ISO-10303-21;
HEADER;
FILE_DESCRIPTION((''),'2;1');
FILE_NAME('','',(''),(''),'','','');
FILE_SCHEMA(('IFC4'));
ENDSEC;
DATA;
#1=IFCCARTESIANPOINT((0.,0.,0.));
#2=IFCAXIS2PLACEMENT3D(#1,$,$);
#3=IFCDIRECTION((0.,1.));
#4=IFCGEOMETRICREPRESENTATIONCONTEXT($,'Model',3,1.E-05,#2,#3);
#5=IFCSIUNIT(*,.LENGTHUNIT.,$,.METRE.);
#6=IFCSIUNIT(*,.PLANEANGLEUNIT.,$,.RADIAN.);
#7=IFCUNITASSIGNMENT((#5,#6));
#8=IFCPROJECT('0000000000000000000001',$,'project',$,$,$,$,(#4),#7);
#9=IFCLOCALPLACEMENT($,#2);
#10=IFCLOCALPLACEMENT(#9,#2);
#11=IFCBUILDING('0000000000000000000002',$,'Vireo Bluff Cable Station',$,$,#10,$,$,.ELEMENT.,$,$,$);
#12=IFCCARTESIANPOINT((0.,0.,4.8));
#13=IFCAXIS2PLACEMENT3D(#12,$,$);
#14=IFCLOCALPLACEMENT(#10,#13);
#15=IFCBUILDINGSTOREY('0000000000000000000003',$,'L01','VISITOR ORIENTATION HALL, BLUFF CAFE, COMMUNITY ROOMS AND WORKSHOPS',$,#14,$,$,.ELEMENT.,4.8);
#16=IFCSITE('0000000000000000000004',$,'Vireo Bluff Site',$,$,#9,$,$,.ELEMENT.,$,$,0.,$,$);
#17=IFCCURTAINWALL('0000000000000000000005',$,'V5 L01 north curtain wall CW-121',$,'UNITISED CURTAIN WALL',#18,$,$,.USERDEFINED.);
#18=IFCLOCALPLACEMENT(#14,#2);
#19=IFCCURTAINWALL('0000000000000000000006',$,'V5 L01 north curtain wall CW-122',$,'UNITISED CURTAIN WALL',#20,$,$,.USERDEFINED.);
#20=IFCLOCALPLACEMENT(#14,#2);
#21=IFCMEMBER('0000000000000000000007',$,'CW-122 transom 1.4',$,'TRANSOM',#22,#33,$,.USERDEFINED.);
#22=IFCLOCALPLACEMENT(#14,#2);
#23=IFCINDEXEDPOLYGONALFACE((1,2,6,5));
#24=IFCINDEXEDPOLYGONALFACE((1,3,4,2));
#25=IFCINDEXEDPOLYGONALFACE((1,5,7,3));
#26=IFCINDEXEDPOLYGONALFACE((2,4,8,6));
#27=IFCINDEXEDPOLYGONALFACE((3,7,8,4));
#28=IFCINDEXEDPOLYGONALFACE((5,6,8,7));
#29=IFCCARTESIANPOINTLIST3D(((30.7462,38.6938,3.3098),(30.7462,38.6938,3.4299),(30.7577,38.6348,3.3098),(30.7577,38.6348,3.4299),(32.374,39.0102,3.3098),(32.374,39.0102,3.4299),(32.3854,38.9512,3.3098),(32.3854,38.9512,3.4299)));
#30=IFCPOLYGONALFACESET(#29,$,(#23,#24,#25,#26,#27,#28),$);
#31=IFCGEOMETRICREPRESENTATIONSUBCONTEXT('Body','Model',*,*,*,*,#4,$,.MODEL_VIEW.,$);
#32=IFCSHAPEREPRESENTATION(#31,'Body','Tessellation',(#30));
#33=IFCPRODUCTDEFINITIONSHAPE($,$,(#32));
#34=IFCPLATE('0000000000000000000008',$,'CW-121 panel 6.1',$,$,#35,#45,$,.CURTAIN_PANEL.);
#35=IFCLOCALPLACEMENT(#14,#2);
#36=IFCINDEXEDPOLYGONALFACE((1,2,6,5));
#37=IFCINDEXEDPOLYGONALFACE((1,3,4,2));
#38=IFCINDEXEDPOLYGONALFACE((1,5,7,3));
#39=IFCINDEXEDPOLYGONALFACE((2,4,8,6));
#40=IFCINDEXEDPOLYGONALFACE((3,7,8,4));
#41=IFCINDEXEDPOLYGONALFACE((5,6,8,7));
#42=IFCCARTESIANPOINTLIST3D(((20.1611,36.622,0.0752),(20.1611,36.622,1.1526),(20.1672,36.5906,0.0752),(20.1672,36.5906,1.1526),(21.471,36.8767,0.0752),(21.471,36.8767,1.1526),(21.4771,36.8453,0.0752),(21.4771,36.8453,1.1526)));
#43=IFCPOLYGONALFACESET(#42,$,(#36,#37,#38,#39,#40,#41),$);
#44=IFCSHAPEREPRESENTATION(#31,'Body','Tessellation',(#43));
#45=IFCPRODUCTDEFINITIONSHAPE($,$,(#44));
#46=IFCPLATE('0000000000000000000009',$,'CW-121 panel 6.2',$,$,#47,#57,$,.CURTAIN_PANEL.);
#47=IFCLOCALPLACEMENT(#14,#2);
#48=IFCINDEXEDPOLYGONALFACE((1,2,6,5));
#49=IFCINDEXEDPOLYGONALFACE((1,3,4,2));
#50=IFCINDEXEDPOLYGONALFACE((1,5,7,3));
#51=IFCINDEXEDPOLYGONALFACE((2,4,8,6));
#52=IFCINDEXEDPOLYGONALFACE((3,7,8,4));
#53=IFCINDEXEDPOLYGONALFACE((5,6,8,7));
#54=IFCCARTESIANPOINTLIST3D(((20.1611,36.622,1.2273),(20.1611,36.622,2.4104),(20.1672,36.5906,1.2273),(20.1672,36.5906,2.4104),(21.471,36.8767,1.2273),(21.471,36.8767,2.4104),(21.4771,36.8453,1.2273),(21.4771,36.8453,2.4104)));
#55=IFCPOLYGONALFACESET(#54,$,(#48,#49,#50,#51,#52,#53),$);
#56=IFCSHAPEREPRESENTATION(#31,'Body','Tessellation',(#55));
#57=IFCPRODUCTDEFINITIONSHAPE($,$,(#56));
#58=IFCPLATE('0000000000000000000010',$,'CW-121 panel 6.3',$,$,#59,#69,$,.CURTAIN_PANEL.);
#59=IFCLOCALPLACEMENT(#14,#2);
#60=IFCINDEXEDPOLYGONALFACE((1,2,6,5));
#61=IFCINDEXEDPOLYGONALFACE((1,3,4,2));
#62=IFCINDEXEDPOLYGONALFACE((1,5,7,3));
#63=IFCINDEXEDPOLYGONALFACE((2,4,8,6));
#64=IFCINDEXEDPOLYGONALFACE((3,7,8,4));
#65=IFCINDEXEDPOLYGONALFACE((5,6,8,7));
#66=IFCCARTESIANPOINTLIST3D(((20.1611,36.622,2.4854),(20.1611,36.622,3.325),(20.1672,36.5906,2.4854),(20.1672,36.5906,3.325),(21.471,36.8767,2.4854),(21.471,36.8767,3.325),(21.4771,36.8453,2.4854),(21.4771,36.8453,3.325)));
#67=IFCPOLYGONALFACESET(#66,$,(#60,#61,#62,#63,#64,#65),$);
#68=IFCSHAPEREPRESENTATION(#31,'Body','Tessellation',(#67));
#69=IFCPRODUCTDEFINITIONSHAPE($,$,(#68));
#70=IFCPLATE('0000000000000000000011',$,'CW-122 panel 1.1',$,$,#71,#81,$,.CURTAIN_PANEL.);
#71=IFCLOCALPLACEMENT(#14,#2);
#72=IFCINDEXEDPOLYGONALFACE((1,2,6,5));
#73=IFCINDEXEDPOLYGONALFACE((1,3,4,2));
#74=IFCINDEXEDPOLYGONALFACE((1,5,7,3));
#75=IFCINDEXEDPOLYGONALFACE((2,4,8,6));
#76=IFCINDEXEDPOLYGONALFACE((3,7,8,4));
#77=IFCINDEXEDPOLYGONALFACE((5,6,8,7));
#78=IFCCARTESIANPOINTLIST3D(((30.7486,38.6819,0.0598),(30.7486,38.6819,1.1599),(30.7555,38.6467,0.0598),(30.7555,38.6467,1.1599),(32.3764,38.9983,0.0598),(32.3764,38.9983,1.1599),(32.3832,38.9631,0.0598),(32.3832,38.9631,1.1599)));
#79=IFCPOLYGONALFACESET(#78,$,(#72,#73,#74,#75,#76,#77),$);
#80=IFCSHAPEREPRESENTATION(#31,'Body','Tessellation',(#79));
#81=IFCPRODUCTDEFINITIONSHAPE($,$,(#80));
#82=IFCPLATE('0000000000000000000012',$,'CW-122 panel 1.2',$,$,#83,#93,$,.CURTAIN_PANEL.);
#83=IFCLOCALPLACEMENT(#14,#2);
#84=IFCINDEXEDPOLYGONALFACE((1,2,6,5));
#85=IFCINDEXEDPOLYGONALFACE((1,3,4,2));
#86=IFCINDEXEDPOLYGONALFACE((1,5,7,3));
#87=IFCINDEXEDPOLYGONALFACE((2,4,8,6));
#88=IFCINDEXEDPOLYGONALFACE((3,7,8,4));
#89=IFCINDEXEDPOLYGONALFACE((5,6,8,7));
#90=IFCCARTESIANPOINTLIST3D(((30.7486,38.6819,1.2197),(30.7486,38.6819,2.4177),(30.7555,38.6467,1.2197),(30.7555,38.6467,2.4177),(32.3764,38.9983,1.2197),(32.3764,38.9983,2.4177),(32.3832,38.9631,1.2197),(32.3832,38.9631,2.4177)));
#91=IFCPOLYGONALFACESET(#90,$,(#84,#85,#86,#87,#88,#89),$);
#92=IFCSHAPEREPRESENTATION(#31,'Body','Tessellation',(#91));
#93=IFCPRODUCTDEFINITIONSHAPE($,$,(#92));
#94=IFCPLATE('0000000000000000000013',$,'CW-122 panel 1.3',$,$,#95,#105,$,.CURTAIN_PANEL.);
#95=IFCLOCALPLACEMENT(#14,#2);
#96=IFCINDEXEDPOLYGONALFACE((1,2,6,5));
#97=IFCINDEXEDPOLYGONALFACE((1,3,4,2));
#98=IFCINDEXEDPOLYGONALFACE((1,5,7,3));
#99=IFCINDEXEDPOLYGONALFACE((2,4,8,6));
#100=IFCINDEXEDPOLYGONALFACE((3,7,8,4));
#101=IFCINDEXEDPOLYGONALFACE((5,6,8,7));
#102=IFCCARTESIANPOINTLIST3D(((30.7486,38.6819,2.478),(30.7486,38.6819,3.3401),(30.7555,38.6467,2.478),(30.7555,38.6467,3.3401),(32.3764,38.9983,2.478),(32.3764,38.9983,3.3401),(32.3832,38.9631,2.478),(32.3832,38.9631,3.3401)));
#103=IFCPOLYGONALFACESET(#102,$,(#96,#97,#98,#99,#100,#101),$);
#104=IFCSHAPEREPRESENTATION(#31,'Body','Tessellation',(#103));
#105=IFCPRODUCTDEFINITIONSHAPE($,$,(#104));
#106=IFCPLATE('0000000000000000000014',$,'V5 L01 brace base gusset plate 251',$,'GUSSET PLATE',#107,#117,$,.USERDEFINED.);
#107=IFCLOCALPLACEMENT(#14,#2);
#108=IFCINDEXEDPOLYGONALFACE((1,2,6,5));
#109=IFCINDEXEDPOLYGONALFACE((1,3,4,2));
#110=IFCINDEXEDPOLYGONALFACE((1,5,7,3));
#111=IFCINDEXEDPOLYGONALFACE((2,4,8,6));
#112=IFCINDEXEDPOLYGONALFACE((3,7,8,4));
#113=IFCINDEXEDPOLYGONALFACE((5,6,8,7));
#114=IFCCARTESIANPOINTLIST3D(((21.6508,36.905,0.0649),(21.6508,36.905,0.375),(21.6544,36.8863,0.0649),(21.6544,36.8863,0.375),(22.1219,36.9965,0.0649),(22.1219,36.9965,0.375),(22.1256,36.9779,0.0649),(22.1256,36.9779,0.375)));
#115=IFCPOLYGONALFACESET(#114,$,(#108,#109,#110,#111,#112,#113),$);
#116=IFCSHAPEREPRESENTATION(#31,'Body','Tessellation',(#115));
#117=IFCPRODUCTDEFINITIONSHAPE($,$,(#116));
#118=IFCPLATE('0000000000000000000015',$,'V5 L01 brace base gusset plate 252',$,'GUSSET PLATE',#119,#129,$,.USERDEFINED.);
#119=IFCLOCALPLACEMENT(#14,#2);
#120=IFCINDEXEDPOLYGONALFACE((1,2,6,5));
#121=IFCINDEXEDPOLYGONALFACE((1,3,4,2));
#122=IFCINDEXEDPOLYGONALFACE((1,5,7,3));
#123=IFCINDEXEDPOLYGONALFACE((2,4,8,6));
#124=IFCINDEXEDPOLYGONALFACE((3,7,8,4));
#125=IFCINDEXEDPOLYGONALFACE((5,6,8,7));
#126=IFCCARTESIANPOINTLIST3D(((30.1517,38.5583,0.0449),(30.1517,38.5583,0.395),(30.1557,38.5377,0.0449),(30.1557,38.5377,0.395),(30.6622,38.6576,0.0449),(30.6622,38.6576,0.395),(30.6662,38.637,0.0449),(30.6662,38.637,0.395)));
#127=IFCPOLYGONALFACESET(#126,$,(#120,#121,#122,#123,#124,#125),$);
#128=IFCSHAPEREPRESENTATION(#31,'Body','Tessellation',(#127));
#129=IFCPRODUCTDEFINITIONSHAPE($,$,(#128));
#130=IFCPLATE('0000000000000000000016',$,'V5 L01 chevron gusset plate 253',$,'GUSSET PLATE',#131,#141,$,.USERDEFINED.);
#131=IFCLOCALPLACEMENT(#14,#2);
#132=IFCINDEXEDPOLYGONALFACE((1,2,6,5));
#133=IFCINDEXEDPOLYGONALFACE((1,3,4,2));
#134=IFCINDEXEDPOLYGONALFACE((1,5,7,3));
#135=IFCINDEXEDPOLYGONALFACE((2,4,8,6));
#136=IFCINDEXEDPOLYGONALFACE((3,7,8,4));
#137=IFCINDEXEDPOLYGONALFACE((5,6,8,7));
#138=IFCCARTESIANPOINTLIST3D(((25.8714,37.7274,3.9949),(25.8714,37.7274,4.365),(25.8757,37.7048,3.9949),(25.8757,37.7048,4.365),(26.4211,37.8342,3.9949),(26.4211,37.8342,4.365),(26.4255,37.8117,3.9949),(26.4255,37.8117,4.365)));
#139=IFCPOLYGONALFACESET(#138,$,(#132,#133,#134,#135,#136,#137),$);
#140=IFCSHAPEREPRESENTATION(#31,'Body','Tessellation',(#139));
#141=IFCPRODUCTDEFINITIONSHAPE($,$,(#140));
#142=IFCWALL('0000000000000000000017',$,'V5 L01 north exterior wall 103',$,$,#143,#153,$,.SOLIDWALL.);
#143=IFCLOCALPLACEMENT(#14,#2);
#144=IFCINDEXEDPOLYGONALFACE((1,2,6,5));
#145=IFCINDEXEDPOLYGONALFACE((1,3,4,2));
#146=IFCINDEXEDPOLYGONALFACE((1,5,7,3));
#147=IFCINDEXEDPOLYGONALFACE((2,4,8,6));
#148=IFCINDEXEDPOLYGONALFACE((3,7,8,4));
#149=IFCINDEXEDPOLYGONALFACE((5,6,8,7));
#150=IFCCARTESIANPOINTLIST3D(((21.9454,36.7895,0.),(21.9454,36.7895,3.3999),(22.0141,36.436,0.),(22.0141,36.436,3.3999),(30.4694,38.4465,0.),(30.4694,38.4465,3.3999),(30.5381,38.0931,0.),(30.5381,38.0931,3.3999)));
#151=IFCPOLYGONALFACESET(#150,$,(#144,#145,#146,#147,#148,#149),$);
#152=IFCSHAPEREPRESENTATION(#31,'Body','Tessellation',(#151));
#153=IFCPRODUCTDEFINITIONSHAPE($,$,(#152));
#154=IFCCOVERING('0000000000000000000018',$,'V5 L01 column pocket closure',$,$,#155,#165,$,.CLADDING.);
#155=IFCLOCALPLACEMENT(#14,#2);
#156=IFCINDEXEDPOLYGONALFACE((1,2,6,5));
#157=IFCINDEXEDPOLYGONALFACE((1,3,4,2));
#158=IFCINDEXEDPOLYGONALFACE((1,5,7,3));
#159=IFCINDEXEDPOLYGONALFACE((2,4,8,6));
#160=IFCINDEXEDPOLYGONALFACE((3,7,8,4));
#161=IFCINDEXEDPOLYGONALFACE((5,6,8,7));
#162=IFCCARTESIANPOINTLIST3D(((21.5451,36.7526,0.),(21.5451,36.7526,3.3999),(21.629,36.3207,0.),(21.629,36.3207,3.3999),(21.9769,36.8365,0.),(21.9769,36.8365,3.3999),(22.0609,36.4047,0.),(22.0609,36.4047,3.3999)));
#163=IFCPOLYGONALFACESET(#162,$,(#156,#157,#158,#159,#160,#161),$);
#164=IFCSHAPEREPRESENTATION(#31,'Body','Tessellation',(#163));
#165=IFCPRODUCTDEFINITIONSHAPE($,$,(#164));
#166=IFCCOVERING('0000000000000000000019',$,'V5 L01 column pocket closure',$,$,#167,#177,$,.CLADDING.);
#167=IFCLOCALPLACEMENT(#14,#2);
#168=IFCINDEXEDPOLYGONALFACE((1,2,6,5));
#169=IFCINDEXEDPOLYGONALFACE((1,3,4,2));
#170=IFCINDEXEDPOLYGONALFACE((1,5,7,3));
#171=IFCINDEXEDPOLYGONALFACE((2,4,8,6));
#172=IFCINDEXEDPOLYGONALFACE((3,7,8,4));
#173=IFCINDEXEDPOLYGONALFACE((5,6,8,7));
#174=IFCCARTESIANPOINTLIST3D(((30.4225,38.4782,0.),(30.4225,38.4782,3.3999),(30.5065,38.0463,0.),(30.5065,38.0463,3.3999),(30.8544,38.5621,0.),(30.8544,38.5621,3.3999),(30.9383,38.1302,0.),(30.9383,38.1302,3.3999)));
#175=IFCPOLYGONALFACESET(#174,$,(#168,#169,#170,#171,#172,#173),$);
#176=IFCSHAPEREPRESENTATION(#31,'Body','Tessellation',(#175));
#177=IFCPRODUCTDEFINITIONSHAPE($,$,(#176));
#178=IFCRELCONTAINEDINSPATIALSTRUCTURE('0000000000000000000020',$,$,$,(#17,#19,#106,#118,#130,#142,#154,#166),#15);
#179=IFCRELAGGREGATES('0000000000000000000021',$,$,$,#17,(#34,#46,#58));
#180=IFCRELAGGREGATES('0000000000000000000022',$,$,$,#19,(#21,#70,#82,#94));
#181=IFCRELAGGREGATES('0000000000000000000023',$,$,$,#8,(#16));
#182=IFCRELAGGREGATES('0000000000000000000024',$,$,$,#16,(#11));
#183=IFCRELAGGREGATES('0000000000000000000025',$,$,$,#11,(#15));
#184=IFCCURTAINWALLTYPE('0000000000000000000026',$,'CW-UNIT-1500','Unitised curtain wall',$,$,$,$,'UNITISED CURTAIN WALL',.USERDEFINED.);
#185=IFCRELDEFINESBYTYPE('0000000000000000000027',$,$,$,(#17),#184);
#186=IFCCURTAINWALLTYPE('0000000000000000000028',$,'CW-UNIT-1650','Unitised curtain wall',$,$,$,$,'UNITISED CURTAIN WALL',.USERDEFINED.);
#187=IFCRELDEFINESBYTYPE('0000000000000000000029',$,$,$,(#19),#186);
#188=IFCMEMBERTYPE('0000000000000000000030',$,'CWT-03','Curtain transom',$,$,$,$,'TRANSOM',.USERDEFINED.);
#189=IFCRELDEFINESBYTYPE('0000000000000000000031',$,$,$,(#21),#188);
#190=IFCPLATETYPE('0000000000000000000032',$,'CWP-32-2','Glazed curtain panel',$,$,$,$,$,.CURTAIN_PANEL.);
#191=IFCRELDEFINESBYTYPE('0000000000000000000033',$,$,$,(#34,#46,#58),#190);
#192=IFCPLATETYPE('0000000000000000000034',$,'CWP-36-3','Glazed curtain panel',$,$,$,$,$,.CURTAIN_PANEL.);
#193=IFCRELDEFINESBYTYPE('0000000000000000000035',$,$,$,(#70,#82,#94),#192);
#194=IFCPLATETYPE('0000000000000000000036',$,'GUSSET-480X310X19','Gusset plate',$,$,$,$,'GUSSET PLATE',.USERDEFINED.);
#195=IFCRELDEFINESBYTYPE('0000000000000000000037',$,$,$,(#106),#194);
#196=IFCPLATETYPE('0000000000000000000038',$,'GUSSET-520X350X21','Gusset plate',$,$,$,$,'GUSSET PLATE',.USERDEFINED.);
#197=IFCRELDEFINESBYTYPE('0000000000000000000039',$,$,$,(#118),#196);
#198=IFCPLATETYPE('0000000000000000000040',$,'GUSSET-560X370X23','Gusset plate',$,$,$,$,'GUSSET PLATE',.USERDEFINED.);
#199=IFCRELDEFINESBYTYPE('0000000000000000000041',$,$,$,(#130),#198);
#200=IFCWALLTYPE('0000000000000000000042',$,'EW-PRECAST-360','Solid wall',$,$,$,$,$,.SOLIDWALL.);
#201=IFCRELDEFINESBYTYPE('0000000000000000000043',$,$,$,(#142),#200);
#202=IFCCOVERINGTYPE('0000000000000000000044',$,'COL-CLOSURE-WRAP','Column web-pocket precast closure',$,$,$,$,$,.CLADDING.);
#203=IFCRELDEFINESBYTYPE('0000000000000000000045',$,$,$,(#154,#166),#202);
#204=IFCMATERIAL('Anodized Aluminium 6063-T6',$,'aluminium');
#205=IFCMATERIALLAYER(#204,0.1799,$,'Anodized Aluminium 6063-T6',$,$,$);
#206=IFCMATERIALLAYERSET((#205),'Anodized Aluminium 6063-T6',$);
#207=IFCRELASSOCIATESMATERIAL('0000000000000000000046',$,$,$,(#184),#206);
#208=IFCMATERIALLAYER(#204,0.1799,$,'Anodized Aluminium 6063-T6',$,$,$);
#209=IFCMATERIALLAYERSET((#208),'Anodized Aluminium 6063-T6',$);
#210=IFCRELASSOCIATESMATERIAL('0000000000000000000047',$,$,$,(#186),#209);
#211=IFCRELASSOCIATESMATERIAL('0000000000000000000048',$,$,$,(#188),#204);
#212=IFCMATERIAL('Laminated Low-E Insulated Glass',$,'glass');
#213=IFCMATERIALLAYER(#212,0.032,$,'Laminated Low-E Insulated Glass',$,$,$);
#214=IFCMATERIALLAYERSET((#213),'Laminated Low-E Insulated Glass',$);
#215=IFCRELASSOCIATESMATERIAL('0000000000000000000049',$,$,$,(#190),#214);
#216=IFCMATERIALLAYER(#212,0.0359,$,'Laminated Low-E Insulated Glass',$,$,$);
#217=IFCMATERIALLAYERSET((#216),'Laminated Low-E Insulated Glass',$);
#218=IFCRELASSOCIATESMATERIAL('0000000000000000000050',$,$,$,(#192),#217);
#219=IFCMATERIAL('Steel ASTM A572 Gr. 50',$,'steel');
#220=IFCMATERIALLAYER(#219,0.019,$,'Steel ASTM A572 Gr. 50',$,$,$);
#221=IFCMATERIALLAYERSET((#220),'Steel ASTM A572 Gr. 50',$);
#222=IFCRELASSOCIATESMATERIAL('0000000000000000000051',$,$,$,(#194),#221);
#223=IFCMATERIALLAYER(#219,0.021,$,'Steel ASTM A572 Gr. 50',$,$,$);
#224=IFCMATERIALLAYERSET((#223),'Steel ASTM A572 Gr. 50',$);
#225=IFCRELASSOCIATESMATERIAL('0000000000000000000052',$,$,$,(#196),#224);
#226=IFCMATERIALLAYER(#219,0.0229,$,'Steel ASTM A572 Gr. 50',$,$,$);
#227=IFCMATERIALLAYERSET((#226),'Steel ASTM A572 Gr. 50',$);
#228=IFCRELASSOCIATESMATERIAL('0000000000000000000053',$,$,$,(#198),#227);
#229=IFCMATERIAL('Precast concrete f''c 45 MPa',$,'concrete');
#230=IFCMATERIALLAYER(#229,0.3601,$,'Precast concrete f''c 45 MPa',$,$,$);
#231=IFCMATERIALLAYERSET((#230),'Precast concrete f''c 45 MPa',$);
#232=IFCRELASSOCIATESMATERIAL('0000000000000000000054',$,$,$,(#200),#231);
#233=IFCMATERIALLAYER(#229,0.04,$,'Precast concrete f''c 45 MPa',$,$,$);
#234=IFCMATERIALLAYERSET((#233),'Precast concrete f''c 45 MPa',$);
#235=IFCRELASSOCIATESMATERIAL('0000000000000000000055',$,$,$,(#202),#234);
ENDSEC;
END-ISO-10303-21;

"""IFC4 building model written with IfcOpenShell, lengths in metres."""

from ifc_helpers import new_model, si_unit, direction, frame, frame_2d, origin, origin_2d, place, context, subcontext, project, spatial, rectangle, extrude, material, layer, layer_set, material_profile, profile_set, type_object, element, aggregate, save


model = new_model("IFC4")

# Units and contexts
model_context = context("Model", 3, precision=1e-05, world=origin(), true_north=direction((0.0, 1.0)))
body_context = subcontext(model_context, "Body", "Model", "MODEL_VIEW")
ifc_project = project(units=[si_unit("LENGTHUNIT", "METRE"), si_unit("PLANEANGLEUNIT", "RADIAN")], contexts=[model_context])

# Site, building, storey
site_placement = place(None, origin())
site = spatial("IfcSite", under=ifc_project, at=site_placement, Name="Vireo Bluff Site", CompositionType="ELEMENT", RefElevation=0.0)
building_placement = place(site_placement, origin())
building = spatial("IfcBuilding", under=site, at=building_placement, Name="Vireo Bluff Cable Station", CompositionType="ELEMENT")
storey_placement = place(building_placement, frame((0.0, 0.0, 4.8)))
storey = spatial("IfcBuildingStorey", under=building, at=storey_placement, Name="L01", Description="VISITOR ORIENTATION HALL, BLUFF CAFE, COMMUNITY ROOMS AND WORKSHOPS", CompositionType="ELEMENT", Elevation=4.8)

# Curtain wall
ifc_material_1 = material(Name="Anodized Aluminium 6063-T6", Category="aluminium")
ifc_layer_1 = layer(ifc_material_1, 0.1799, Name="Anodized Aluminium 6063-T6")
ifc_layer_set_1 = layer_set([ifc_layer_1], Name="Anodized Aluminium 6063-T6")
curtain_wall_type_1 = type_object("IfcCurtainWallType", Name="CW-UNIT-1500", Description="Unitised curtain wall", ElementType="UNITISED CURTAIN WALL", PredefinedType="USERDEFINED", material=ifc_layer_set_1)
curtain_wall_1_placement = place(storey_placement, origin())
curtain_wall_1 = element("IfcCurtainWall", 1, at=curtain_wall_1_placement, inside=storey, type_object=curtain_wall_type_1, Name="V5 L01 north curtain wall CW-121", ObjectType="UNITISED CURTAIN WALL", PredefinedType="USERDEFINED")

# Curtain wall, member
ifc_layer_2 = layer(ifc_material_1, 0.1799, Name="Anodized Aluminium 6063-T6")
ifc_layer_set_2 = layer_set([ifc_layer_2], Name="Anodized Aluminium 6063-T6")
curtain_wall_type_2 = type_object("IfcCurtainWallType", Name="CW-UNIT-1650", Description="Unitised curtain wall", ElementType="UNITISED CURTAIN WALL", PredefinedType="USERDEFINED", material=ifc_layer_set_2)
curtain_wall_2_placement = place(storey_placement, origin())
curtain_wall_2 = element("IfcCurtainWall", 2, at=curtain_wall_2_placement, inside=storey, type_object=curtain_wall_type_2, Name="V5 L01 north curtain wall CW-122", ObjectType="UNITISED CURTAIN WALL", PredefinedType="USERDEFINED")
ifc_material_profile_1 = material_profile(ifc_material_1, rectangle(XDim=0.0601, YDim=0.1201, at=origin_2d()), Name="ALU-T-60X120")
ifc_profile_set_1 = profile_set([ifc_material_profile_1], Name="Anodized Aluminium 6063-T6")
member_type_1 = type_object("IfcMemberType", Name="CWT-03", Description="Curtain transom", ElementType="TRANSOM", PredefinedType="USERDEFINED", material=ifc_profile_set_1)
member_1_placement = place(storey_placement, frame((30.752, 38.6643, 3.3699), z_axis=(0.981625, 0.190818, 0.0), x_axis=(-0.190818, 0.981625, 0.0)))
member_1 = element("IfcMember", 3, at=member_1_placement, type_object=member_type_1, Name="CW-122 transom 1.4", ObjectType="TRANSOM", PredefinedType="USERDEFINED", context=body_context, shape_type="SweptSolid", body=[
    extrude(rectangle(XDim=0.0601, YDim=0.1201, at=origin_2d()), origin(), (0.0, 0.0, 1.0), 1.6582),
])

# Plates
ifc_material_2 = material(Name="Laminated Low-E Insulated Glass", Category="glass")
ifc_layer_3 = layer(ifc_material_2, 0.032, Name="Laminated Low-E Insulated Glass")
ifc_layer_set_3 = layer_set([ifc_layer_3], Name="Laminated Low-E Insulated Glass")
plate_type_1 = type_object("IfcPlateType", Name="CWP-32-2", Description="Glazed curtain panel", PredefinedType="CURTAIN_PANEL", material=ifc_layer_set_3)
plate_1_placement = place(storey_placement, frame((20.8191, 36.7336, 0.0752), z_axis=(0.0, 0.0, 1.0), x_axis=(0.981627, 0.190809, 0.0)))
plate_1 = element("IfcPlate", 4, at=plate_1_placement, type_object=plate_type_1, Name="CW-121 panel 6.1", PredefinedType="CURTAIN_PANEL", context=body_context, shape_type="SweptSolid", body=[
    extrude(rectangle(XDim=1.3345, YDim=0.032, at=origin_2d()), origin(), (0.0, 0.0, 1.0), 1.0774),
])
plate_2_placement = place(storey_placement, frame((20.8191, 36.7336, 1.2273), z_axis=(0.0, 0.0, 1.0), x_axis=(0.981627, 0.190809, 0.0)))
plate_2 = element("IfcPlate", 5, at=plate_2_placement, type_object=plate_type_1, Name="CW-121 panel 6.2", PredefinedType="CURTAIN_PANEL", context=body_context, shape_type="SweptSolid", body=[
    extrude(rectangle(XDim=1.3345, YDim=0.032, at=origin_2d()), origin(), (0.0, 0.0, 1.0), 1.1831),
])
plate_3_placement = place(storey_placement, frame((20.8191, 36.7336, 2.4854), z_axis=(0.0, 0.0, 1.0), x_axis=(0.981627, 0.190809, 0.0)))
plate_3 = element("IfcPlate", 6, at=plate_3_placement, type_object=plate_type_1, Name="CW-121 panel 6.3", PredefinedType="CURTAIN_PANEL", context=body_context, shape_type="SweptSolid", body=[
    extrude(rectangle(XDim=1.3345, YDim=0.032, at=origin_2d()), origin(), (0.0, 0.0, 1.0), 0.8396),
])
aggregate(curtain_wall_1, [plate_1, plate_2, plate_3])
ifc_layer_4 = layer(ifc_material_2, 0.0359, Name="Laminated Low-E Insulated Glass")
ifc_layer_set_4 = layer_set([ifc_layer_4], Name="Laminated Low-E Insulated Glass")
plate_type_2 = type_object("IfcPlateType", Name="CWP-36-3", Description="Glazed curtain panel", PredefinedType="CURTAIN_PANEL", material=ifc_layer_set_4)
plate_4_placement = place(storey_placement, frame((31.5659, 38.8225, 0.0598), z_axis=(0.0, 0.0, 1.0), x_axis=(0.981627, 0.190809, 0.0)))
plate_4 = element("IfcPlate", 7, at=plate_4_placement, type_object=plate_type_2, Name="CW-122 panel 1.1", PredefinedType="CURTAIN_PANEL", context=body_context, shape_type="SweptSolid", body=[
    extrude(rectangle(XDim=1.6582, YDim=0.0359, at=origin_2d()), origin(), (0.0, 0.0, 1.0), 1.1001),
])
plate_5_placement = place(storey_placement, frame((31.5659, 38.8225, 1.2197), z_axis=(0.0, 0.0, 1.0), x_axis=(0.981627, 0.190809, 0.0)))
plate_5 = element("IfcPlate", 8, at=plate_5_placement, type_object=plate_type_2, Name="CW-122 panel 1.2", PredefinedType="CURTAIN_PANEL", context=body_context, shape_type="SweptSolid", body=[
    extrude(rectangle(XDim=1.6582, YDim=0.0359, at=origin_2d()), origin(), (0.0, 0.0, 1.0), 1.198),
])
plate_6_placement = place(storey_placement, frame((31.5659, 38.8225, 2.478), z_axis=(0.0, 0.0, 1.0), x_axis=(0.981627, 0.190809, 0.0)))
plate_6 = element("IfcPlate", 9, at=plate_6_placement, type_object=plate_type_2, Name="CW-122 panel 1.3", PredefinedType="CURTAIN_PANEL", context=body_context, shape_type="SweptSolid", body=[
    extrude(rectangle(XDim=1.6582, YDim=0.0359, at=origin_2d()), origin(), (0.0, 0.0, 1.0), 0.8621),
])
aggregate(curtain_wall_2, [member_1, plate_4, plate_5, plate_6])

# Plates
ifc_material_3 = material(Name="Steel ASTM A572 Gr. 50", Category="steel")
ifc_layer_5 = layer(ifc_material_3, 0.019, Name="Steel ASTM A572 Gr. 50")
ifc_layer_set_5 = layer_set([ifc_layer_5], Name="Steel ASTM A572 Gr. 50")
plate_type_3 = type_object("IfcPlateType", Name="GUSSET-480X310X19", Description="Gusset plate", ElementType="GUSSET PLATE", PredefinedType="USERDEFINED", material=ifc_layer_set_5)
plate_7_placement = place(storey_placement, frame((21.8882, 36.9414, 0.0649), z_axis=(0.0, 0.0, 1.0), x_axis=(0.981627, 0.190809, 0.0)))
element("IfcPlate", 10, at=plate_7_placement, inside=storey, type_object=plate_type_3, Name="V5 L01 brace base gusset plate 251", ObjectType="GUSSET PLATE", PredefinedType="USERDEFINED", context=body_context, shape_type="SweptSolid", body=[
    extrude(rectangle(XDim=0.48, YDim=0.019, at=origin_2d()), origin(), (0.0, 0.0, 1.0), 0.3101),
])
ifc_layer_6 = layer(ifc_material_3, 0.021, Name="Steel ASTM A572 Gr. 50")
ifc_layer_set_6 = layer_set([ifc_layer_6], Name="Steel ASTM A572 Gr. 50")
plate_type_4 = type_object("IfcPlateType", Name="GUSSET-520X350X21", Description="Gusset plate", ElementType="GUSSET PLATE", PredefinedType="USERDEFINED", material=ifc_layer_set_6)
plate_8_placement = place(storey_placement, frame((30.4089, 38.5977, 0.0449), z_axis=(0.0, 0.0, 1.0), x_axis=(0.981627, 0.190809, 0.0)))
element("IfcPlate", 11, at=plate_8_placement, inside=storey, type_object=plate_type_4, Name="V5 L01 brace base gusset plate 252", ObjectType="GUSSET PLATE", PredefinedType="USERDEFINED", context=body_context, shape_type="SweptSolid", body=[
    extrude(rectangle(XDim=0.52, YDim=0.021, at=origin_2d()), origin(), (0.0, 0.0, 1.0), 0.3501),
])
ifc_layer_7 = layer(ifc_material_3, 0.0229, Name="Steel ASTM A572 Gr. 50")
ifc_layer_set_7 = layer_set([ifc_layer_7], Name="Steel ASTM A572 Gr. 50")
plate_type_5 = type_object("IfcPlateType", Name="GUSSET-560X370X23", Description="Gusset plate", ElementType="GUSSET PLATE", PredefinedType="USERDEFINED", material=ifc_layer_set_7)
plate_9_placement = place(storey_placement, frame((26.1484, 37.7695, 3.9949), z_axis=(0.0, 0.0, 1.0), x_axis=(0.981627, 0.190809, 0.0)))
element("IfcPlate", 12, at=plate_9_placement, inside=storey, type_object=plate_type_5, Name="V5 L01 chevron gusset plate 253", ObjectType="GUSSET PLATE", PredefinedType="USERDEFINED", context=body_context, shape_type="SweptSolid", body=[
    extrude(rectangle(XDim=0.5601, YDim=0.0229, at=origin_2d()), origin(), (0.0, 0.0, 1.0), 0.3701),
])

# Wall
ifc_material_4 = material(Name="Precast concrete f'c 45 MPa", Category="concrete")
ifc_layer_8 = layer(ifc_material_4, 0.3601, Name="Precast concrete f'c 45 MPa")
ifc_layer_set_8 = layer_set([ifc_layer_8], Name="Precast concrete f'c 45 MPa")
wall_type = type_object("IfcWallType", Name="EW-PRECAST-360", Description="Solid wall", PredefinedType="SOLIDWALL", material=ifc_layer_set_8)
wall_placement = place(storey_placement, frame((21.9797, 36.6128, 0.0), z_axis=(0.0, 0.0, 1.0), x_axis=(0.981625, 0.19082, 0.0)))
element("IfcWall", 13, at=wall_placement, inside=storey, type_object=wall_type, Name="V5 L01 north exterior wall 103", PredefinedType="SOLIDWALL", context=body_context, shape_type="SweptSolid", body=[
    extrude(rectangle(XDim=8.6836, YDim=0.3601, at=frame_2d((4.3418, 0.0))), origin(), (0.0, 0.0, 1.0), 3.3999),
])

# Coverings
ifc_layer_9 = layer(ifc_material_4, 0.04, Name="Precast concrete f'c 45 MPa")
ifc_layer_set_9 = layer_set([ifc_layer_9], Name="Precast concrete f'c 45 MPa")
covering_type = type_object("IfcCoveringType", Name="COL-CLOSURE-WRAP", Description="Column web-pocket precast closure", PredefinedType="CLADDING", material=ifc_layer_set_9)
for number, where, z_axis, x_axis, name in (
    (14, (21.803, 36.5786, 0.0), (0.0, 0.0, 1.0), (0.981627, 0.190809, 0.0), "V5 L01 column pocket closure"),
    (15, (30.6804, 38.3042, 0.0), (0.0, 0.0, 1.0), (0.981627, 0.190809, 0.0), "V5 L01 column pocket closure"),
):
    element("IfcCovering", number, at=place(storey_placement, frame(where, z_axis=z_axis, x_axis=x_axis)), inside=storey, type_object=covering_type, Name=name, PredefinedType="CLADDING", context=body_context, shape_type="SweptSolid", body=[
        extrude(rectangle(XDim=0.4399, YDim=0.4399, at=origin_2d()), origin(), (0.0, 0.0, 1.0), 3.3999),
    ])

save(model, "model.ifc")
